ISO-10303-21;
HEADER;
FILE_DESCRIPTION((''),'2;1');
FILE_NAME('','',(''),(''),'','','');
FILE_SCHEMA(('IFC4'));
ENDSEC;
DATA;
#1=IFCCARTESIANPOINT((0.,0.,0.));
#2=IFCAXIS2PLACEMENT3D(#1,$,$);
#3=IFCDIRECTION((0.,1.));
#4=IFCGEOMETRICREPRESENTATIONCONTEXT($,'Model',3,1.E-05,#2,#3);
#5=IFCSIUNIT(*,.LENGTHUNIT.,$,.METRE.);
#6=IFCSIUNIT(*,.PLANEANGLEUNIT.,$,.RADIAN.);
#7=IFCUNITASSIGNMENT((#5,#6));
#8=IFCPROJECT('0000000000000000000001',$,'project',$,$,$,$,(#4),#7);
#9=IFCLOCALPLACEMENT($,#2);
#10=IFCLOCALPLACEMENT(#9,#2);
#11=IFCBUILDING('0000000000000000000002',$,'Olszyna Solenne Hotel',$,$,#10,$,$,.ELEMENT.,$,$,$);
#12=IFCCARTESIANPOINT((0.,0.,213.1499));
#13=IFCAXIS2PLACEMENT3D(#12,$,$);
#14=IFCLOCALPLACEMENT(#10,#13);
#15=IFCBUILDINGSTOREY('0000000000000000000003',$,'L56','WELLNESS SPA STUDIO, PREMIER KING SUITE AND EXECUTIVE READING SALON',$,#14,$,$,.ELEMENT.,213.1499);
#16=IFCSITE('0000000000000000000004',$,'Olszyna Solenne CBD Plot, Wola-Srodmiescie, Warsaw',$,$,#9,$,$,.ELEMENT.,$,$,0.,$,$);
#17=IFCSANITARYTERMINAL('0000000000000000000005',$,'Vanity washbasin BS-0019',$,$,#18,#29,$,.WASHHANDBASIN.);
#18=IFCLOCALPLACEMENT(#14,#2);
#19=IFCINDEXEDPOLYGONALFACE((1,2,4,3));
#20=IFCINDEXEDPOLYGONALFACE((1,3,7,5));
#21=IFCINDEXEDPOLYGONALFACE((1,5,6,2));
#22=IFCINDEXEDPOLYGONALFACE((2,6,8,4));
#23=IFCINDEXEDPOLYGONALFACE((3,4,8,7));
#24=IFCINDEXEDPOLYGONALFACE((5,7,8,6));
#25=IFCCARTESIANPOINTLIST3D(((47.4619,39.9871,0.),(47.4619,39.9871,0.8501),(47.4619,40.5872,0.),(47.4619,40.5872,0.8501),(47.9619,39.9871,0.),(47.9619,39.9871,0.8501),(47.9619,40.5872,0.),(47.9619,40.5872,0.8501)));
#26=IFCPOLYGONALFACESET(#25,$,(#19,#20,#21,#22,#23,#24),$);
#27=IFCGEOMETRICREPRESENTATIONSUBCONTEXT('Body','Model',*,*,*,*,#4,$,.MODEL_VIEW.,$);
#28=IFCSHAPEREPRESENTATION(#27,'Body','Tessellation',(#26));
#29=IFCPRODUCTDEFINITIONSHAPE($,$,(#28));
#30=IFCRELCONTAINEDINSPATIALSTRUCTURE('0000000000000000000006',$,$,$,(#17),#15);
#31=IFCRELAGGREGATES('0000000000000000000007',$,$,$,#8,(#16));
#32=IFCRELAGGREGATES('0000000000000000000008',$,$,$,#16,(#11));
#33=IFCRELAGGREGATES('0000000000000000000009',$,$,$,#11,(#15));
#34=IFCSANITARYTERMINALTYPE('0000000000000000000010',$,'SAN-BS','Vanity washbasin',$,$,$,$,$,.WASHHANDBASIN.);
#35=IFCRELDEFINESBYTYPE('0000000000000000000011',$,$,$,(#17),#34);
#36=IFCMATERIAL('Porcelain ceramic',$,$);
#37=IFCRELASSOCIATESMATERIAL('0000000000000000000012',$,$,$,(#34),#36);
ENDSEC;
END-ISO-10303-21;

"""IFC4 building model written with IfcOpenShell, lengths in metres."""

from ifc_helpers import new_model, si_unit, direction, frame, origin, origin_2d, place, context, subcontext, project, spatial, rectangle, extrude, source, transform, mapped, material, type_object, element, save


model = new_model("IFC4")

# Units and contexts
model_context = context("Model", 3, precision=1e-05, world=origin(), true_north=direction((0.0, 1.0)))
body_context = subcontext(model_context, "Body", "Model", "MODEL_VIEW")
ifc_project = project(units=[si_unit("LENGTHUNIT", "METRE"), si_unit("PLANEANGLEUNIT", "RADIAN")], contexts=[model_context])

# Site, building, storey
site_placement = place(None, origin())
site = spatial("IfcSite", under=ifc_project, at=site_placement, Name="Olszyna Solenne CBD Plot, Wola-Srodmiescie, Warsaw", CompositionType="ELEMENT", RefElevation=0.0)
building_placement = place(site_placement, origin())
building = spatial("IfcBuilding", under=site, at=building_placement, Name="Olszyna Solenne Hotel", CompositionType="ELEMENT")
storey_placement = place(building_placement, frame((0.0, 0.0, 213.1499)))
storey = spatial("IfcBuildingStorey", under=building, at=storey_placement, Name="L56", Description="WELLNESS SPA STUDIO, PREMIER KING SUITE AND EXECUTIVE READING SALON", CompositionType="ELEMENT", Elevation=213.1499)

# Sanitary terminal
ifc_material_1 = material(Name="Porcelain ceramic")
sanitary_terminal_type_1 = type_object("IfcSanitaryTerminalType", Name="SAN-BS", Description="Vanity washbasin", PredefinedType="WASHHANDBASIN", material=ifc_material_1)
shared_shape_1 = source(origin(), body_context, "Body", "SweptSolid", [
    extrude(rectangle(XDim=0.5, YDim=0.6001, at=origin_2d()), origin(), (0.0, 0.0, 1.0), 0.8501),
])
sanitary_terminal_1_placement = place(storey_placement, frame((47.7119, 40.2871, 0.0), z_axis=(0.0, 0.0, 1.0), x_axis=(1.0, 0.0, 0.0)))
element("IfcSanitaryTerminal", 1, at=sanitary_terminal_1_placement, inside=storey, type_object=sanitary_terminal_type_1, Name="Vanity washbasin BS-0019", PredefinedType="WASHHANDBASIN", context=body_context, shape_type="MappedRepresentation", body=[
    mapped(shared_shape_1, transform((0.0, 0.0, 0.0), x_axis=(1.0, 0.0, 0.0), y_axis=(0.0, 1.0, 0.0), z_axis=(0.0, 0.0, 1.0), scale=1.0)),
])

save(model, "model.ifc")
